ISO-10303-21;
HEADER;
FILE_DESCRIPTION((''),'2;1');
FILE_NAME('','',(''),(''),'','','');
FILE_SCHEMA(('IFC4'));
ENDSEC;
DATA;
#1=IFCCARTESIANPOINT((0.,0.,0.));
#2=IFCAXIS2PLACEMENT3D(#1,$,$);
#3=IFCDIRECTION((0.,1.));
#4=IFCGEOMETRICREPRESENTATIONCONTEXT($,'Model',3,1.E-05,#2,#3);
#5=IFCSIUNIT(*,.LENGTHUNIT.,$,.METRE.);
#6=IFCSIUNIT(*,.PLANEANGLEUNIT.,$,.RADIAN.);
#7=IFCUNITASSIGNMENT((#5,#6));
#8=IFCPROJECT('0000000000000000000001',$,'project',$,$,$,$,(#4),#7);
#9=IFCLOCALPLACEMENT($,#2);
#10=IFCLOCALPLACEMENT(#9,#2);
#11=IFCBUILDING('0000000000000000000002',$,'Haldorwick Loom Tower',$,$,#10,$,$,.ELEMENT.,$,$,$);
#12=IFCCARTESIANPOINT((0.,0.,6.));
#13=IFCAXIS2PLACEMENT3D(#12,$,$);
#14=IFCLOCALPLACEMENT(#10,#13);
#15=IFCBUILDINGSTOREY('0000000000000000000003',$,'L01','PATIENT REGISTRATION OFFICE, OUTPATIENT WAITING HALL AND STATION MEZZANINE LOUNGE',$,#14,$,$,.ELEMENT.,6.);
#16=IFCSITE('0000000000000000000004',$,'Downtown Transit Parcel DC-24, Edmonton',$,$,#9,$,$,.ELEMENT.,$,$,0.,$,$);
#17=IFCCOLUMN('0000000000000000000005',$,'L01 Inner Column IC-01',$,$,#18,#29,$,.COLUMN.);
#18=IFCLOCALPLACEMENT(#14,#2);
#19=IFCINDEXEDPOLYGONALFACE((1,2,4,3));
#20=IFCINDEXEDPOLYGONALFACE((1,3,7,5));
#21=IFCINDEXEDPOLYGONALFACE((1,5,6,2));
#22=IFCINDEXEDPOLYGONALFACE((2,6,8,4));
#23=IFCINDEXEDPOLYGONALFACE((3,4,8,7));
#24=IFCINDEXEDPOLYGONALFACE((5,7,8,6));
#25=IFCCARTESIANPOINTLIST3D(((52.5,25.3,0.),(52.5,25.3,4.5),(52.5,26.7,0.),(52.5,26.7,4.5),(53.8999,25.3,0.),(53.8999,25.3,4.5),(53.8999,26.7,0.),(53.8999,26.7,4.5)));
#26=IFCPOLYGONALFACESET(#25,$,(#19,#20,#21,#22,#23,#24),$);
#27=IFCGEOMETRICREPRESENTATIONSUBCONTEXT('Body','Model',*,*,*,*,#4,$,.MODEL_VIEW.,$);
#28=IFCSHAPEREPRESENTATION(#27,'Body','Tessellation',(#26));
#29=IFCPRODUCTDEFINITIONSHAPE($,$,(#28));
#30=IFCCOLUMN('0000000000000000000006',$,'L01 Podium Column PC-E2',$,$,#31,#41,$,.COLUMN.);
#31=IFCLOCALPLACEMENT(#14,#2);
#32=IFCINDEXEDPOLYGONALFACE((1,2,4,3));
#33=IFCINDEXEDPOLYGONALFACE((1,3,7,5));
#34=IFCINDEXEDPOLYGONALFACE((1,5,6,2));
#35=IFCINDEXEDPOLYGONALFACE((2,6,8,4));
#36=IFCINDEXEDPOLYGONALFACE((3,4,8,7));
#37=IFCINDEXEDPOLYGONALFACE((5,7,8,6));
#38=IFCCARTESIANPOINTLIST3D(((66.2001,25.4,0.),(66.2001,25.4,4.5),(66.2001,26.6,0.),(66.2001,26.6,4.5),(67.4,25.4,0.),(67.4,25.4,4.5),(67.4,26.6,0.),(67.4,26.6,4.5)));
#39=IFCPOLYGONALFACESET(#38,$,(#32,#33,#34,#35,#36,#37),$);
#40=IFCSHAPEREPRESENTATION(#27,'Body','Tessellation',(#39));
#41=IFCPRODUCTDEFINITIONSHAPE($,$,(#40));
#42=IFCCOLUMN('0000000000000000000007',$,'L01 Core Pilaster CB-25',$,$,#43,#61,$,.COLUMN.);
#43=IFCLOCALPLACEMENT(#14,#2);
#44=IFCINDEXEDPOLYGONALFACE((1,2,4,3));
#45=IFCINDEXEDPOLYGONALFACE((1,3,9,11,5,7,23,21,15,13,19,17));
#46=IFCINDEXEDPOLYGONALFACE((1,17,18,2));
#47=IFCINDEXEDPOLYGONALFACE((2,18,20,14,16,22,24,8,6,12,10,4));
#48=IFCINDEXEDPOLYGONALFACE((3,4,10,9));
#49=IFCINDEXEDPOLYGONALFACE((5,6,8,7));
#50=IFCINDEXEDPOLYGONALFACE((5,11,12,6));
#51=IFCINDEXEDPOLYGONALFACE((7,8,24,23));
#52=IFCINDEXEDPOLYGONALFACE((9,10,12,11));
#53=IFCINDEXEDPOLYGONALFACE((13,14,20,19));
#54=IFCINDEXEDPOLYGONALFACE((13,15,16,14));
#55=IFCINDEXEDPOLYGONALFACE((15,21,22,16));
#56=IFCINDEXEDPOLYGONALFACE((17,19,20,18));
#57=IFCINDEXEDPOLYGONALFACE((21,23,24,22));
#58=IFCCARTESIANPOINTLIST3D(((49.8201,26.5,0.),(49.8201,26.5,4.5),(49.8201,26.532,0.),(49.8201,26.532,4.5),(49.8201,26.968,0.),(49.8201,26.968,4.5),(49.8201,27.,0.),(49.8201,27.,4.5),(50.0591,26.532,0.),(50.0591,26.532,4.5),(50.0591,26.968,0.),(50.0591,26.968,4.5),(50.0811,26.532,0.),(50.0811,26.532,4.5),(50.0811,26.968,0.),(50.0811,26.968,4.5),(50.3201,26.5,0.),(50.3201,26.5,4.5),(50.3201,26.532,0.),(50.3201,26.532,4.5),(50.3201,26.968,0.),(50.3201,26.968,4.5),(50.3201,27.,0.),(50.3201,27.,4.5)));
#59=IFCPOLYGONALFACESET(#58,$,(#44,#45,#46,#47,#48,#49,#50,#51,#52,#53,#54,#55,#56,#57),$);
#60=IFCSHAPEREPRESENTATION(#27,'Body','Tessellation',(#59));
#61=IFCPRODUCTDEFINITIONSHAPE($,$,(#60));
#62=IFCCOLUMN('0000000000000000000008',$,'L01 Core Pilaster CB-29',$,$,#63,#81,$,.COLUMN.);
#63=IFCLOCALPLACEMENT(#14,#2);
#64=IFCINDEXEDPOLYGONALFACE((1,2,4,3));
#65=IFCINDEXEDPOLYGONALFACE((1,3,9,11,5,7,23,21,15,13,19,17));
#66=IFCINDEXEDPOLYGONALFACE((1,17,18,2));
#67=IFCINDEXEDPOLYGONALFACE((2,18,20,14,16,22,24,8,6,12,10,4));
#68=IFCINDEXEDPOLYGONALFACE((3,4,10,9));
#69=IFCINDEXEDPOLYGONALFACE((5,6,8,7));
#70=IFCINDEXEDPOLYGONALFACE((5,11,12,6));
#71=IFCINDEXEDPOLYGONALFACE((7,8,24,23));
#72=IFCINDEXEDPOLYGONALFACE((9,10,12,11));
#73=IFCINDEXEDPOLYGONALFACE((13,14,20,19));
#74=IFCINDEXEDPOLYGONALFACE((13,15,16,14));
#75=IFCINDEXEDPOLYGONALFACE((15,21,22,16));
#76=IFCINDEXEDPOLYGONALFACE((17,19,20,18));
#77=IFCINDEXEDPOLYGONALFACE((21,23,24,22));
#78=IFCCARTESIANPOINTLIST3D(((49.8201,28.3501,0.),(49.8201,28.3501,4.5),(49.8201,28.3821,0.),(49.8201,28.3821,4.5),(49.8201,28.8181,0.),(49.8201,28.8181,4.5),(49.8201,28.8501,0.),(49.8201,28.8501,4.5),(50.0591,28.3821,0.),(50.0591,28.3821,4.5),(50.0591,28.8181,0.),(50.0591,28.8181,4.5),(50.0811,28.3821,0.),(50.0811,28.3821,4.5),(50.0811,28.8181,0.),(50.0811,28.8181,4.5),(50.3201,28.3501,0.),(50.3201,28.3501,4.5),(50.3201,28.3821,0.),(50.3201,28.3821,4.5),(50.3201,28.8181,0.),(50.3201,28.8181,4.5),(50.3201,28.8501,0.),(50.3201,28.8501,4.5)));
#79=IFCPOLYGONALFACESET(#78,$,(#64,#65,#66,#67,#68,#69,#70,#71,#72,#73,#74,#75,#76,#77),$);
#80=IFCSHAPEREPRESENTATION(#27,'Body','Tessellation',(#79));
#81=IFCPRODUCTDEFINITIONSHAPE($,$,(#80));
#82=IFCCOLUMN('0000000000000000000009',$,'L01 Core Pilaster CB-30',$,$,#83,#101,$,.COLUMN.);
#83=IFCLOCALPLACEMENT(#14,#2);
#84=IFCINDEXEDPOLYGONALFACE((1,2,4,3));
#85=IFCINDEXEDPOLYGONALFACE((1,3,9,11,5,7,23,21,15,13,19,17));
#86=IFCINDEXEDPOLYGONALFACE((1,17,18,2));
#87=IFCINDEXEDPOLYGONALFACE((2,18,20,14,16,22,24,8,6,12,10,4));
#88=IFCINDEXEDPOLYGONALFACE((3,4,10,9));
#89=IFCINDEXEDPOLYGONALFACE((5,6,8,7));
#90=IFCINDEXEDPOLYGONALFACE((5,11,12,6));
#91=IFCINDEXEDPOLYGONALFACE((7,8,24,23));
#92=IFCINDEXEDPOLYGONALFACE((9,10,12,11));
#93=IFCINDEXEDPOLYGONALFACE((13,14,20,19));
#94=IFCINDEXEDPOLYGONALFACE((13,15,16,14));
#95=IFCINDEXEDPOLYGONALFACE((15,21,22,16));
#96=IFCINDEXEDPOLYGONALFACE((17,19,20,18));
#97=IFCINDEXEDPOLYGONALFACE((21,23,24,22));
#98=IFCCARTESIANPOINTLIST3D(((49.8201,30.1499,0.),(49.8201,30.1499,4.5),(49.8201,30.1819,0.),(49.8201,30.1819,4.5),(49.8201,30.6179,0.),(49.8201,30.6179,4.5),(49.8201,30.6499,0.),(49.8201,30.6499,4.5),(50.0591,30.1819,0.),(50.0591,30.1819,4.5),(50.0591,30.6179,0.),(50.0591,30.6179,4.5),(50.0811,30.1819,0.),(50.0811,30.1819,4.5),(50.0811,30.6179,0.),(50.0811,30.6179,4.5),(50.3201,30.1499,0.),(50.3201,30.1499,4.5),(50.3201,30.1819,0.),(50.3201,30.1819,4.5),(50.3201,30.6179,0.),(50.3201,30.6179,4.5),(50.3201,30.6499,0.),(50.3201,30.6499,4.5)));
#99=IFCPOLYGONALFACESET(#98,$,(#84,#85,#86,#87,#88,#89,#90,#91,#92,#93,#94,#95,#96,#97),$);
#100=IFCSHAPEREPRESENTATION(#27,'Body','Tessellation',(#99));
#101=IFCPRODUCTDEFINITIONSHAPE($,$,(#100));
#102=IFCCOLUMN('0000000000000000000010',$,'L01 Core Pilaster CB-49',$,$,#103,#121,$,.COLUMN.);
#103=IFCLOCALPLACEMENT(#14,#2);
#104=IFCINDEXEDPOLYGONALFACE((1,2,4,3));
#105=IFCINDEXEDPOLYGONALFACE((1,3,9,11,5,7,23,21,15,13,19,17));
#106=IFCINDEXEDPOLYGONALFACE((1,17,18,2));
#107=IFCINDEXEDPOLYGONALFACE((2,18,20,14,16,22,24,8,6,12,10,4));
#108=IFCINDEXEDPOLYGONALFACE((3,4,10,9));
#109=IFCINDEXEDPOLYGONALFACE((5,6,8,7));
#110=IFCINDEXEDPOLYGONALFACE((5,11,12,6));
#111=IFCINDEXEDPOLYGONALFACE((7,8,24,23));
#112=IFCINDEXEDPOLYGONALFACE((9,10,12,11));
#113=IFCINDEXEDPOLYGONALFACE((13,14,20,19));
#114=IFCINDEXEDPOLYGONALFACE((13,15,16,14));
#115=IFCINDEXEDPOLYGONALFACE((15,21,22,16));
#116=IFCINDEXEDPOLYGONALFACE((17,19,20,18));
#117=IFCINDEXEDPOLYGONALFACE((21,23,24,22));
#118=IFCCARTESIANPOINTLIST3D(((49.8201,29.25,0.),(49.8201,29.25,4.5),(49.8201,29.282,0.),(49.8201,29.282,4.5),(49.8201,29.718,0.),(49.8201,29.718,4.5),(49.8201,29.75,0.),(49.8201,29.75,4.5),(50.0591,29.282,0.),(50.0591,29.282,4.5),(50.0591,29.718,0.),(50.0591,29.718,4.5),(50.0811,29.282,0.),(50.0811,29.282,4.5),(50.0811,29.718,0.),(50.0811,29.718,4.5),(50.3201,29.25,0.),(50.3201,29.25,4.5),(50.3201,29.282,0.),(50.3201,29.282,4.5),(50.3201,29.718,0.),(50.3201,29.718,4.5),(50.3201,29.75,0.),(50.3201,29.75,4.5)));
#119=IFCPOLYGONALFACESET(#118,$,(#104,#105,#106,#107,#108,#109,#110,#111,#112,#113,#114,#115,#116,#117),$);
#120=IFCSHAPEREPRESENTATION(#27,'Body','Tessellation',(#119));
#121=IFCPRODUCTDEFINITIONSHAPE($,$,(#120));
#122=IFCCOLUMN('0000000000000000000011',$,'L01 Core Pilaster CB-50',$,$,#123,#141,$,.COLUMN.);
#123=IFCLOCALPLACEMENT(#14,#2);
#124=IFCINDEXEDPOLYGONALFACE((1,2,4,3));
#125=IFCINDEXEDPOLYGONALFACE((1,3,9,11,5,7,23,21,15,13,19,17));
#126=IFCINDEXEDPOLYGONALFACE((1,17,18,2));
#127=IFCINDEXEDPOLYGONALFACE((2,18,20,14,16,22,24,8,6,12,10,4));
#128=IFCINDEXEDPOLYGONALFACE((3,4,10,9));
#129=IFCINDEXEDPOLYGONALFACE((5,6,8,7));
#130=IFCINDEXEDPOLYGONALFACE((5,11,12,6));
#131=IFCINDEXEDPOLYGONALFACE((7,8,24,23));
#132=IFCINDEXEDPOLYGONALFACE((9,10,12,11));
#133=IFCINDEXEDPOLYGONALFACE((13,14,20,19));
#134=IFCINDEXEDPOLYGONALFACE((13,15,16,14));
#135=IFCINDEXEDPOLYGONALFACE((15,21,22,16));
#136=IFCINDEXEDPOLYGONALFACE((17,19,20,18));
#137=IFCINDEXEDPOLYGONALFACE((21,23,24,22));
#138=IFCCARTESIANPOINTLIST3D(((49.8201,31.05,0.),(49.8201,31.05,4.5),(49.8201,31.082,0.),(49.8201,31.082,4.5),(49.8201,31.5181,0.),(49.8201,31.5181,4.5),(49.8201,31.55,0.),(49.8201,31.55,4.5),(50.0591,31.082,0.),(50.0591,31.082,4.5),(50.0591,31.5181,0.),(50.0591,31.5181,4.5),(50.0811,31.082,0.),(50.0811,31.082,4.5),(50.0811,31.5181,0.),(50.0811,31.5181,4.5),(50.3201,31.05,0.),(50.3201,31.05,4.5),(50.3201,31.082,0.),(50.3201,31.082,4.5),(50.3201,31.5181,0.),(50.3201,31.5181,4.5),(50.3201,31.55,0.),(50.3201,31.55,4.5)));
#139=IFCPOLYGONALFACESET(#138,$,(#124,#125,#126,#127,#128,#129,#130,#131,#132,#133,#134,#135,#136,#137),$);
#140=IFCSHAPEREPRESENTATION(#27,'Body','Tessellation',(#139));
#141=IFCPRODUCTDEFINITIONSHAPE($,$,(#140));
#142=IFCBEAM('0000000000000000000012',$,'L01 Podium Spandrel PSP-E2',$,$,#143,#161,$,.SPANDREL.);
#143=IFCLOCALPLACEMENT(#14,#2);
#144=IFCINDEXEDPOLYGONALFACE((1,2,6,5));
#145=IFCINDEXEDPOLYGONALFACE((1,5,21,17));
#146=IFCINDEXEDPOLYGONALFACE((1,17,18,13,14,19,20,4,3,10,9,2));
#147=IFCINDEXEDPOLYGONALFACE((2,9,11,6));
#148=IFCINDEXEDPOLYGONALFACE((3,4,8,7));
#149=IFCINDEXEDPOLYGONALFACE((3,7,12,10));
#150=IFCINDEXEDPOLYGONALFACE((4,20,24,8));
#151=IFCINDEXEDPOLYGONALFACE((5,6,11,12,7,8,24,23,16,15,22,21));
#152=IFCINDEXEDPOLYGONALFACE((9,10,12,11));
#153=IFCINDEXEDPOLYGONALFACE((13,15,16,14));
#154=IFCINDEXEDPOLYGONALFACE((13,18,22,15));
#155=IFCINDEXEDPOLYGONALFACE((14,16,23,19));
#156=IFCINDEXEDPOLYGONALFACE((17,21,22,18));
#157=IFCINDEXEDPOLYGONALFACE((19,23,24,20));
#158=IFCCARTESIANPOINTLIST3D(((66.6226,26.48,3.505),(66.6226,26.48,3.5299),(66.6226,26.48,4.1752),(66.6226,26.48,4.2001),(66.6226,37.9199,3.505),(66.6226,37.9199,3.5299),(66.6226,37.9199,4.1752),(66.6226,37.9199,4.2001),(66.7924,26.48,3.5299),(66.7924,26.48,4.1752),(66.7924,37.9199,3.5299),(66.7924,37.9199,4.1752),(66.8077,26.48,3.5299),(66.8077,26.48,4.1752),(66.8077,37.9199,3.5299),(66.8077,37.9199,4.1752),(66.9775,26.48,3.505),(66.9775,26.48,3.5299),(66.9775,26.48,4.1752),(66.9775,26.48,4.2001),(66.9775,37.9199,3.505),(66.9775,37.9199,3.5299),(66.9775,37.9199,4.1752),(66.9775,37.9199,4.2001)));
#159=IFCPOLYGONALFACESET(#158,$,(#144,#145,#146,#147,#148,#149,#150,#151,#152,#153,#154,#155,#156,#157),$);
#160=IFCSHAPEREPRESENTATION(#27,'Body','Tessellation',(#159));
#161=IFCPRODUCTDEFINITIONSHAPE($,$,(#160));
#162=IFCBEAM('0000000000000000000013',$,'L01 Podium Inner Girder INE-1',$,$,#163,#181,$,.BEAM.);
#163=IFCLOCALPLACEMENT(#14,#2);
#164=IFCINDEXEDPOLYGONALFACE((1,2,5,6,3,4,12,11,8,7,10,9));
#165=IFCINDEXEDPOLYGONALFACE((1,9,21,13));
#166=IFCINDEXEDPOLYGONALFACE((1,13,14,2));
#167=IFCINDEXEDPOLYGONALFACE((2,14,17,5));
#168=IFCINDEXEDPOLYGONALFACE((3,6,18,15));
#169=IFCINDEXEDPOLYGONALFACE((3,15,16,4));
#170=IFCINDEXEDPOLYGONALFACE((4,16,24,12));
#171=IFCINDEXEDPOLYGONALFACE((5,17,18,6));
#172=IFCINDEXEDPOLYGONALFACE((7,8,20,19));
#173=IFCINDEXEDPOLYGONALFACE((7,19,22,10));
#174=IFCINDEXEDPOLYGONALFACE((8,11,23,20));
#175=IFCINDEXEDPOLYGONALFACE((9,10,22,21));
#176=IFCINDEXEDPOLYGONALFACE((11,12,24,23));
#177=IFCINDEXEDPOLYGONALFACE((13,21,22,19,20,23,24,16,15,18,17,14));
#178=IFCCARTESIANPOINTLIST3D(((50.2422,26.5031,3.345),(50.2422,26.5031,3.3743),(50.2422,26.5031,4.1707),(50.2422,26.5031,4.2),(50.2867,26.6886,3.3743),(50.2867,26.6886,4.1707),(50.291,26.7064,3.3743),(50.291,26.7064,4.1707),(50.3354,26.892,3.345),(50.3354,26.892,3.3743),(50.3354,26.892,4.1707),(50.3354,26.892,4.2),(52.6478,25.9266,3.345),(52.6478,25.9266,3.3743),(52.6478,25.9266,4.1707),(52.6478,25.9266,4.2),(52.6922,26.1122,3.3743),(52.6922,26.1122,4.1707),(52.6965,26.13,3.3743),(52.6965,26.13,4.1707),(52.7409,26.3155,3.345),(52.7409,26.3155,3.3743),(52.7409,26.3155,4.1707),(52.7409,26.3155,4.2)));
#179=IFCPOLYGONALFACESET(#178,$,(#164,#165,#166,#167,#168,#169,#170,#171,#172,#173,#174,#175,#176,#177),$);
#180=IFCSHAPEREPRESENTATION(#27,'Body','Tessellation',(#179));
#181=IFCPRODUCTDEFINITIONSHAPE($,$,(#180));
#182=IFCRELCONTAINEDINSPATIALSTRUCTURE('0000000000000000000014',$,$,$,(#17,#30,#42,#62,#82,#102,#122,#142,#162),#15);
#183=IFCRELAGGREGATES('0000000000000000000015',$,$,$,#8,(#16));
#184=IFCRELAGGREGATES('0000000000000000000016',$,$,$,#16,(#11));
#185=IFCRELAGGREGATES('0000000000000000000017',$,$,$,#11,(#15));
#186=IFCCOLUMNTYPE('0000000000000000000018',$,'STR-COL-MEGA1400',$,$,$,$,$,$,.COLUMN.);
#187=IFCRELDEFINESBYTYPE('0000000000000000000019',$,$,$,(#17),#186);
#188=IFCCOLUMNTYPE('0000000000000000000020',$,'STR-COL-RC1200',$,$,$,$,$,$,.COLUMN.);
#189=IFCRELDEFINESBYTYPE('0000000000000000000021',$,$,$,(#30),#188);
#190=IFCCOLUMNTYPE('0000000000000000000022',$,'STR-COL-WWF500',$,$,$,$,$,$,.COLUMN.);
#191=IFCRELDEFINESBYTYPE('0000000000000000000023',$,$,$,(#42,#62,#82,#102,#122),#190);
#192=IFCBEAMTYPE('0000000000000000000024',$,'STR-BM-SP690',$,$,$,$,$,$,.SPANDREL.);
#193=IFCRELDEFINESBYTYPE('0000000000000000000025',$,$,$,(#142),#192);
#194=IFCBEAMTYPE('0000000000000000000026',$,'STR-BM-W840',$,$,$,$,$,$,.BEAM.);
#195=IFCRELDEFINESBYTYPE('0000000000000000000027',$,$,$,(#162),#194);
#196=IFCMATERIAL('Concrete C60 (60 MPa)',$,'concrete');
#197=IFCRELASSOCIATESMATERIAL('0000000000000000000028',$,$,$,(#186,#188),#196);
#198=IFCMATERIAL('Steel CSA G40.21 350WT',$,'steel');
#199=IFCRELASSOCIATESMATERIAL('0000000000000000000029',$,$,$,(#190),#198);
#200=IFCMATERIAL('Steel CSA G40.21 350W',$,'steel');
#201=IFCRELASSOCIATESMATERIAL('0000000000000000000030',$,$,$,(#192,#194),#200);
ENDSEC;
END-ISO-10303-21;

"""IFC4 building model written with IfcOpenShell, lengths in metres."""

from ifc_helpers import new_model, si_unit, direction, frame, origin, origin_2d, place, context, subcontext, project, spatial, rectangle, i_section, extrude, material, material_profile, profile_set, type_object, element, save


model = new_model("IFC4")

# Units and contexts
model_context = context("Model", 3, precision=1e-05, world=origin(), true_north=direction((0.0, 1.0)))
body_context = subcontext(model_context, "Body", "Model", "MODEL_VIEW")
ifc_project = project(units=[si_unit("LENGTHUNIT", "METRE"), si_unit("PLANEANGLEUNIT", "RADIAN")], contexts=[model_context])

# Site, building, storey
site_placement = place(None, origin())
site = spatial("IfcSite", under=ifc_project, at=site_placement, Name="Downtown Transit Parcel DC-24, Edmonton", CompositionType="ELEMENT", RefElevation=0.0)
building_placement = place(site_placement, origin())
building = spatial("IfcBuilding", under=site, at=building_placement, Name="Haldorwick Loom Tower", CompositionType="ELEMENT")
storey_placement = place(building_placement, frame((0.0, 0.0, 6.0)))
storey = spatial("IfcBuildingStorey", under=building, at=storey_placement, Name="L01", Description="PATIENT REGISTRATION OFFICE, OUTPATIENT WAITING HALL AND STATION MEZZANINE LOUNGE", CompositionType="ELEMENT", Elevation=6.0)

# Columns
ifc_material_1 = material(Name="Concrete C60 (60 MPa)", Category="concrete")
ifc_material_profile_1 = material_profile(ifc_material_1, rectangle(XDim=1.3999, YDim=1.3999, at=origin_2d()), Name="RC1400X1400", Category="concrete")
ifc_profile_set_1 = profile_set([ifc_material_profile_1], Name="Concrete C60 (60 MPa)")
column_type_1 = type_object("IfcColumnType", Name="STR-COL-MEGA1400", PredefinedType="COLUMN", material=ifc_profile_set_1)
column_1_placement = place(storey_placement, frame((53.2, 26.0, 0.0), z_axis=(0.0, 0.0, 1.0), x_axis=(1.0, 0.0, 0.0)))
element("IfcColumn", 1, at=column_1_placement, inside=storey, type_object=column_type_1, Name="L01 Inner Column IC-01", PredefinedType="COLUMN", context=body_context, shape_type="SweptSolid", body=[
    extrude(rectangle(XDim=1.3999, YDim=1.3999, at=origin_2d()), origin(), (0.0, 0.0, 1.0), 4.5),
])
ifc_material_profile_2 = material_profile(ifc_material_1, rectangle(XDim=1.2, YDim=1.2, at=origin_2d()), Name="RC1200X1200", Category="concrete")
ifc_profile_set_2 = profile_set([ifc_material_profile_2], Name="Concrete C60 (60 MPa)")
column_type_2 = type_object("IfcColumnType", Name="STR-COL-RC1200", PredefinedType="COLUMN", material=ifc_profile_set_2)
column_2_placement = place(storey_placement, frame((66.8, 26.0, 0.0), z_axis=(0.0, 0.0, 1.0), x_axis=(1.0, 0.0, 0.0)))
element("IfcColumn", 2, at=column_2_placement, inside=storey, type_object=column_type_2, Name="L01 Podium Column PC-E2", PredefinedType="COLUMN", context=body_context, shape_type="SweptSolid", body=[
    extrude(rectangle(XDim=1.2, YDim=1.2, at=origin_2d()), origin(), (0.0, 0.0, 1.0), 4.5),
])
ifc_material_2 = material(Name="Steel CSA G40.21 350WT", Category="steel")
ifc_material_profile_3 = material_profile(ifc_material_2, i_section(OverallWidth=0.5, OverallDepth=0.5, WebThickness=0.022, FlangeThickness=0.032, at=origin_2d()), Name="WWF500X500", Category="steel")
ifc_profile_set_3 = profile_set([ifc_material_profile_3], Name="Steel CSA G40.21 350WT")
column_type_3 = type_object("IfcColumnType", Name="STR-COL-WWF500", PredefinedType="COLUMN", material=ifc_profile_set_3)
for number, where, z_axis, x_axis, name in (
    (3, (50.0701, 26.75, 0.0), (0.0, 0.0, 1.0), (1.0, 0.0, 0.0), "L01 Core Pilaster CB-25"),
    (4, (50.0701, 28.6001, 0.0), (0.0, 0.0, 1.0), (1.0, 0.0, 0.0), "L01 Core Pilaster CB-29"),
    (5, (50.0701, 30.3999, 0.0), (0.0, 0.0, 1.0), (1.0, 0.0, 0.0), "L01 Core Pilaster CB-30"),
    (6, (50.0701, 29.5, 0.0), (0.0, 0.0, 1.0), (1.0, 0.0, 0.0), "L01 Core Pilaster CB-49"),
    (7, (50.0701, 31.3, 0.0), (0.0, 0.0, 1.0), (1.0, 0.0, 0.0), "L01 Core Pilaster CB-50"),
):
    element("IfcColumn", number, at=place(storey_placement, frame(where, z_axis=z_axis, x_axis=x_axis)), inside=storey, type_object=column_type_3, Name=name, PredefinedType="COLUMN", context=body_context, shape_type="SweptSolid", body=[
        extrude(i_section(OverallWidth=0.5, OverallDepth=0.5, WebThickness=0.022, FlangeThickness=0.032, at=origin_2d()), origin(), (0.0, 0.0, 1.0), 4.5),
    ])

# Beams
ifc_material_3 = material(Name="Steel CSA G40.21 350W", Category="steel")
ifc_material_profile_4 = material_profile(ifc_material_3, i_section(OverallWidth=0.355, OverallDepth=0.6951, WebThickness=0.0154, FlangeThickness=0.0249, at=origin_2d()), Name="W690X217", Category="steel")
ifc_profile_set_4 = profile_set([ifc_material_profile_4], Name="Steel CSA G40.21 350W")
beam_type_1 = type_object("IfcBeamType", Name="STR-BM-SP690", PredefinedType="SPANDREL", material=ifc_profile_set_4)
beam_1_placement = place(storey_placement, frame((66.8, 26.48, 3.8525), z_axis=(0.0, 1.0, 0.0), x_axis=(-1.0, 0.0, 0.0)))
element("IfcBeam", 8, at=beam_1_placement, inside=storey, type_object=beam_type_1, Name="L01 Podium Spandrel PSP-E2", PredefinedType="SPANDREL", context=body_context, shape_type="SweptSolid", body=[
    extrude(i_section(OverallWidth=0.355, OverallDepth=0.6951, WebThickness=0.0154, FlangeThickness=0.0249, at=origin_2d()), origin(), (0.0, 0.0, 1.0), 11.4399),
])
ifc_material_profile_5 = material_profile(ifc_material_3, i_section(OverallWidth=0.3999, OverallDepth=0.855, WebThickness=0.0183, FlangeThickness=0.0293, at=origin_2d()), Name="W840X299", Category="steel")
ifc_profile_set_5 = profile_set([ifc_material_profile_5], Name="Steel CSA G40.21 350W")
beam_type_2 = type_object("IfcBeamType", Name="STR-BM-W840", PredefinedType="BEAM", material=ifc_profile_set_5)
beam_2_placement = place(storey_placement, frame((50.2888, 26.6975, 3.7725), z_axis=(0.972471, -0.233026, 0.0), x_axis=(0.233026, 0.972471, 0.0)))
element("IfcBeam", 9, at=beam_2_placement, inside=storey, type_object=beam_type_2, Name="L01 Podium Inner Girder INE-1", PredefinedType="BEAM", context=body_context, shape_type="SweptSolid", body=[
    extrude(i_section(OverallWidth=0.3999, OverallDepth=0.855, WebThickness=0.0183, FlangeThickness=0.0293, at=origin_2d()), origin(), (0.0, 0.0, 1.0), 2.4736),
])

save(model, "model.ifc")
